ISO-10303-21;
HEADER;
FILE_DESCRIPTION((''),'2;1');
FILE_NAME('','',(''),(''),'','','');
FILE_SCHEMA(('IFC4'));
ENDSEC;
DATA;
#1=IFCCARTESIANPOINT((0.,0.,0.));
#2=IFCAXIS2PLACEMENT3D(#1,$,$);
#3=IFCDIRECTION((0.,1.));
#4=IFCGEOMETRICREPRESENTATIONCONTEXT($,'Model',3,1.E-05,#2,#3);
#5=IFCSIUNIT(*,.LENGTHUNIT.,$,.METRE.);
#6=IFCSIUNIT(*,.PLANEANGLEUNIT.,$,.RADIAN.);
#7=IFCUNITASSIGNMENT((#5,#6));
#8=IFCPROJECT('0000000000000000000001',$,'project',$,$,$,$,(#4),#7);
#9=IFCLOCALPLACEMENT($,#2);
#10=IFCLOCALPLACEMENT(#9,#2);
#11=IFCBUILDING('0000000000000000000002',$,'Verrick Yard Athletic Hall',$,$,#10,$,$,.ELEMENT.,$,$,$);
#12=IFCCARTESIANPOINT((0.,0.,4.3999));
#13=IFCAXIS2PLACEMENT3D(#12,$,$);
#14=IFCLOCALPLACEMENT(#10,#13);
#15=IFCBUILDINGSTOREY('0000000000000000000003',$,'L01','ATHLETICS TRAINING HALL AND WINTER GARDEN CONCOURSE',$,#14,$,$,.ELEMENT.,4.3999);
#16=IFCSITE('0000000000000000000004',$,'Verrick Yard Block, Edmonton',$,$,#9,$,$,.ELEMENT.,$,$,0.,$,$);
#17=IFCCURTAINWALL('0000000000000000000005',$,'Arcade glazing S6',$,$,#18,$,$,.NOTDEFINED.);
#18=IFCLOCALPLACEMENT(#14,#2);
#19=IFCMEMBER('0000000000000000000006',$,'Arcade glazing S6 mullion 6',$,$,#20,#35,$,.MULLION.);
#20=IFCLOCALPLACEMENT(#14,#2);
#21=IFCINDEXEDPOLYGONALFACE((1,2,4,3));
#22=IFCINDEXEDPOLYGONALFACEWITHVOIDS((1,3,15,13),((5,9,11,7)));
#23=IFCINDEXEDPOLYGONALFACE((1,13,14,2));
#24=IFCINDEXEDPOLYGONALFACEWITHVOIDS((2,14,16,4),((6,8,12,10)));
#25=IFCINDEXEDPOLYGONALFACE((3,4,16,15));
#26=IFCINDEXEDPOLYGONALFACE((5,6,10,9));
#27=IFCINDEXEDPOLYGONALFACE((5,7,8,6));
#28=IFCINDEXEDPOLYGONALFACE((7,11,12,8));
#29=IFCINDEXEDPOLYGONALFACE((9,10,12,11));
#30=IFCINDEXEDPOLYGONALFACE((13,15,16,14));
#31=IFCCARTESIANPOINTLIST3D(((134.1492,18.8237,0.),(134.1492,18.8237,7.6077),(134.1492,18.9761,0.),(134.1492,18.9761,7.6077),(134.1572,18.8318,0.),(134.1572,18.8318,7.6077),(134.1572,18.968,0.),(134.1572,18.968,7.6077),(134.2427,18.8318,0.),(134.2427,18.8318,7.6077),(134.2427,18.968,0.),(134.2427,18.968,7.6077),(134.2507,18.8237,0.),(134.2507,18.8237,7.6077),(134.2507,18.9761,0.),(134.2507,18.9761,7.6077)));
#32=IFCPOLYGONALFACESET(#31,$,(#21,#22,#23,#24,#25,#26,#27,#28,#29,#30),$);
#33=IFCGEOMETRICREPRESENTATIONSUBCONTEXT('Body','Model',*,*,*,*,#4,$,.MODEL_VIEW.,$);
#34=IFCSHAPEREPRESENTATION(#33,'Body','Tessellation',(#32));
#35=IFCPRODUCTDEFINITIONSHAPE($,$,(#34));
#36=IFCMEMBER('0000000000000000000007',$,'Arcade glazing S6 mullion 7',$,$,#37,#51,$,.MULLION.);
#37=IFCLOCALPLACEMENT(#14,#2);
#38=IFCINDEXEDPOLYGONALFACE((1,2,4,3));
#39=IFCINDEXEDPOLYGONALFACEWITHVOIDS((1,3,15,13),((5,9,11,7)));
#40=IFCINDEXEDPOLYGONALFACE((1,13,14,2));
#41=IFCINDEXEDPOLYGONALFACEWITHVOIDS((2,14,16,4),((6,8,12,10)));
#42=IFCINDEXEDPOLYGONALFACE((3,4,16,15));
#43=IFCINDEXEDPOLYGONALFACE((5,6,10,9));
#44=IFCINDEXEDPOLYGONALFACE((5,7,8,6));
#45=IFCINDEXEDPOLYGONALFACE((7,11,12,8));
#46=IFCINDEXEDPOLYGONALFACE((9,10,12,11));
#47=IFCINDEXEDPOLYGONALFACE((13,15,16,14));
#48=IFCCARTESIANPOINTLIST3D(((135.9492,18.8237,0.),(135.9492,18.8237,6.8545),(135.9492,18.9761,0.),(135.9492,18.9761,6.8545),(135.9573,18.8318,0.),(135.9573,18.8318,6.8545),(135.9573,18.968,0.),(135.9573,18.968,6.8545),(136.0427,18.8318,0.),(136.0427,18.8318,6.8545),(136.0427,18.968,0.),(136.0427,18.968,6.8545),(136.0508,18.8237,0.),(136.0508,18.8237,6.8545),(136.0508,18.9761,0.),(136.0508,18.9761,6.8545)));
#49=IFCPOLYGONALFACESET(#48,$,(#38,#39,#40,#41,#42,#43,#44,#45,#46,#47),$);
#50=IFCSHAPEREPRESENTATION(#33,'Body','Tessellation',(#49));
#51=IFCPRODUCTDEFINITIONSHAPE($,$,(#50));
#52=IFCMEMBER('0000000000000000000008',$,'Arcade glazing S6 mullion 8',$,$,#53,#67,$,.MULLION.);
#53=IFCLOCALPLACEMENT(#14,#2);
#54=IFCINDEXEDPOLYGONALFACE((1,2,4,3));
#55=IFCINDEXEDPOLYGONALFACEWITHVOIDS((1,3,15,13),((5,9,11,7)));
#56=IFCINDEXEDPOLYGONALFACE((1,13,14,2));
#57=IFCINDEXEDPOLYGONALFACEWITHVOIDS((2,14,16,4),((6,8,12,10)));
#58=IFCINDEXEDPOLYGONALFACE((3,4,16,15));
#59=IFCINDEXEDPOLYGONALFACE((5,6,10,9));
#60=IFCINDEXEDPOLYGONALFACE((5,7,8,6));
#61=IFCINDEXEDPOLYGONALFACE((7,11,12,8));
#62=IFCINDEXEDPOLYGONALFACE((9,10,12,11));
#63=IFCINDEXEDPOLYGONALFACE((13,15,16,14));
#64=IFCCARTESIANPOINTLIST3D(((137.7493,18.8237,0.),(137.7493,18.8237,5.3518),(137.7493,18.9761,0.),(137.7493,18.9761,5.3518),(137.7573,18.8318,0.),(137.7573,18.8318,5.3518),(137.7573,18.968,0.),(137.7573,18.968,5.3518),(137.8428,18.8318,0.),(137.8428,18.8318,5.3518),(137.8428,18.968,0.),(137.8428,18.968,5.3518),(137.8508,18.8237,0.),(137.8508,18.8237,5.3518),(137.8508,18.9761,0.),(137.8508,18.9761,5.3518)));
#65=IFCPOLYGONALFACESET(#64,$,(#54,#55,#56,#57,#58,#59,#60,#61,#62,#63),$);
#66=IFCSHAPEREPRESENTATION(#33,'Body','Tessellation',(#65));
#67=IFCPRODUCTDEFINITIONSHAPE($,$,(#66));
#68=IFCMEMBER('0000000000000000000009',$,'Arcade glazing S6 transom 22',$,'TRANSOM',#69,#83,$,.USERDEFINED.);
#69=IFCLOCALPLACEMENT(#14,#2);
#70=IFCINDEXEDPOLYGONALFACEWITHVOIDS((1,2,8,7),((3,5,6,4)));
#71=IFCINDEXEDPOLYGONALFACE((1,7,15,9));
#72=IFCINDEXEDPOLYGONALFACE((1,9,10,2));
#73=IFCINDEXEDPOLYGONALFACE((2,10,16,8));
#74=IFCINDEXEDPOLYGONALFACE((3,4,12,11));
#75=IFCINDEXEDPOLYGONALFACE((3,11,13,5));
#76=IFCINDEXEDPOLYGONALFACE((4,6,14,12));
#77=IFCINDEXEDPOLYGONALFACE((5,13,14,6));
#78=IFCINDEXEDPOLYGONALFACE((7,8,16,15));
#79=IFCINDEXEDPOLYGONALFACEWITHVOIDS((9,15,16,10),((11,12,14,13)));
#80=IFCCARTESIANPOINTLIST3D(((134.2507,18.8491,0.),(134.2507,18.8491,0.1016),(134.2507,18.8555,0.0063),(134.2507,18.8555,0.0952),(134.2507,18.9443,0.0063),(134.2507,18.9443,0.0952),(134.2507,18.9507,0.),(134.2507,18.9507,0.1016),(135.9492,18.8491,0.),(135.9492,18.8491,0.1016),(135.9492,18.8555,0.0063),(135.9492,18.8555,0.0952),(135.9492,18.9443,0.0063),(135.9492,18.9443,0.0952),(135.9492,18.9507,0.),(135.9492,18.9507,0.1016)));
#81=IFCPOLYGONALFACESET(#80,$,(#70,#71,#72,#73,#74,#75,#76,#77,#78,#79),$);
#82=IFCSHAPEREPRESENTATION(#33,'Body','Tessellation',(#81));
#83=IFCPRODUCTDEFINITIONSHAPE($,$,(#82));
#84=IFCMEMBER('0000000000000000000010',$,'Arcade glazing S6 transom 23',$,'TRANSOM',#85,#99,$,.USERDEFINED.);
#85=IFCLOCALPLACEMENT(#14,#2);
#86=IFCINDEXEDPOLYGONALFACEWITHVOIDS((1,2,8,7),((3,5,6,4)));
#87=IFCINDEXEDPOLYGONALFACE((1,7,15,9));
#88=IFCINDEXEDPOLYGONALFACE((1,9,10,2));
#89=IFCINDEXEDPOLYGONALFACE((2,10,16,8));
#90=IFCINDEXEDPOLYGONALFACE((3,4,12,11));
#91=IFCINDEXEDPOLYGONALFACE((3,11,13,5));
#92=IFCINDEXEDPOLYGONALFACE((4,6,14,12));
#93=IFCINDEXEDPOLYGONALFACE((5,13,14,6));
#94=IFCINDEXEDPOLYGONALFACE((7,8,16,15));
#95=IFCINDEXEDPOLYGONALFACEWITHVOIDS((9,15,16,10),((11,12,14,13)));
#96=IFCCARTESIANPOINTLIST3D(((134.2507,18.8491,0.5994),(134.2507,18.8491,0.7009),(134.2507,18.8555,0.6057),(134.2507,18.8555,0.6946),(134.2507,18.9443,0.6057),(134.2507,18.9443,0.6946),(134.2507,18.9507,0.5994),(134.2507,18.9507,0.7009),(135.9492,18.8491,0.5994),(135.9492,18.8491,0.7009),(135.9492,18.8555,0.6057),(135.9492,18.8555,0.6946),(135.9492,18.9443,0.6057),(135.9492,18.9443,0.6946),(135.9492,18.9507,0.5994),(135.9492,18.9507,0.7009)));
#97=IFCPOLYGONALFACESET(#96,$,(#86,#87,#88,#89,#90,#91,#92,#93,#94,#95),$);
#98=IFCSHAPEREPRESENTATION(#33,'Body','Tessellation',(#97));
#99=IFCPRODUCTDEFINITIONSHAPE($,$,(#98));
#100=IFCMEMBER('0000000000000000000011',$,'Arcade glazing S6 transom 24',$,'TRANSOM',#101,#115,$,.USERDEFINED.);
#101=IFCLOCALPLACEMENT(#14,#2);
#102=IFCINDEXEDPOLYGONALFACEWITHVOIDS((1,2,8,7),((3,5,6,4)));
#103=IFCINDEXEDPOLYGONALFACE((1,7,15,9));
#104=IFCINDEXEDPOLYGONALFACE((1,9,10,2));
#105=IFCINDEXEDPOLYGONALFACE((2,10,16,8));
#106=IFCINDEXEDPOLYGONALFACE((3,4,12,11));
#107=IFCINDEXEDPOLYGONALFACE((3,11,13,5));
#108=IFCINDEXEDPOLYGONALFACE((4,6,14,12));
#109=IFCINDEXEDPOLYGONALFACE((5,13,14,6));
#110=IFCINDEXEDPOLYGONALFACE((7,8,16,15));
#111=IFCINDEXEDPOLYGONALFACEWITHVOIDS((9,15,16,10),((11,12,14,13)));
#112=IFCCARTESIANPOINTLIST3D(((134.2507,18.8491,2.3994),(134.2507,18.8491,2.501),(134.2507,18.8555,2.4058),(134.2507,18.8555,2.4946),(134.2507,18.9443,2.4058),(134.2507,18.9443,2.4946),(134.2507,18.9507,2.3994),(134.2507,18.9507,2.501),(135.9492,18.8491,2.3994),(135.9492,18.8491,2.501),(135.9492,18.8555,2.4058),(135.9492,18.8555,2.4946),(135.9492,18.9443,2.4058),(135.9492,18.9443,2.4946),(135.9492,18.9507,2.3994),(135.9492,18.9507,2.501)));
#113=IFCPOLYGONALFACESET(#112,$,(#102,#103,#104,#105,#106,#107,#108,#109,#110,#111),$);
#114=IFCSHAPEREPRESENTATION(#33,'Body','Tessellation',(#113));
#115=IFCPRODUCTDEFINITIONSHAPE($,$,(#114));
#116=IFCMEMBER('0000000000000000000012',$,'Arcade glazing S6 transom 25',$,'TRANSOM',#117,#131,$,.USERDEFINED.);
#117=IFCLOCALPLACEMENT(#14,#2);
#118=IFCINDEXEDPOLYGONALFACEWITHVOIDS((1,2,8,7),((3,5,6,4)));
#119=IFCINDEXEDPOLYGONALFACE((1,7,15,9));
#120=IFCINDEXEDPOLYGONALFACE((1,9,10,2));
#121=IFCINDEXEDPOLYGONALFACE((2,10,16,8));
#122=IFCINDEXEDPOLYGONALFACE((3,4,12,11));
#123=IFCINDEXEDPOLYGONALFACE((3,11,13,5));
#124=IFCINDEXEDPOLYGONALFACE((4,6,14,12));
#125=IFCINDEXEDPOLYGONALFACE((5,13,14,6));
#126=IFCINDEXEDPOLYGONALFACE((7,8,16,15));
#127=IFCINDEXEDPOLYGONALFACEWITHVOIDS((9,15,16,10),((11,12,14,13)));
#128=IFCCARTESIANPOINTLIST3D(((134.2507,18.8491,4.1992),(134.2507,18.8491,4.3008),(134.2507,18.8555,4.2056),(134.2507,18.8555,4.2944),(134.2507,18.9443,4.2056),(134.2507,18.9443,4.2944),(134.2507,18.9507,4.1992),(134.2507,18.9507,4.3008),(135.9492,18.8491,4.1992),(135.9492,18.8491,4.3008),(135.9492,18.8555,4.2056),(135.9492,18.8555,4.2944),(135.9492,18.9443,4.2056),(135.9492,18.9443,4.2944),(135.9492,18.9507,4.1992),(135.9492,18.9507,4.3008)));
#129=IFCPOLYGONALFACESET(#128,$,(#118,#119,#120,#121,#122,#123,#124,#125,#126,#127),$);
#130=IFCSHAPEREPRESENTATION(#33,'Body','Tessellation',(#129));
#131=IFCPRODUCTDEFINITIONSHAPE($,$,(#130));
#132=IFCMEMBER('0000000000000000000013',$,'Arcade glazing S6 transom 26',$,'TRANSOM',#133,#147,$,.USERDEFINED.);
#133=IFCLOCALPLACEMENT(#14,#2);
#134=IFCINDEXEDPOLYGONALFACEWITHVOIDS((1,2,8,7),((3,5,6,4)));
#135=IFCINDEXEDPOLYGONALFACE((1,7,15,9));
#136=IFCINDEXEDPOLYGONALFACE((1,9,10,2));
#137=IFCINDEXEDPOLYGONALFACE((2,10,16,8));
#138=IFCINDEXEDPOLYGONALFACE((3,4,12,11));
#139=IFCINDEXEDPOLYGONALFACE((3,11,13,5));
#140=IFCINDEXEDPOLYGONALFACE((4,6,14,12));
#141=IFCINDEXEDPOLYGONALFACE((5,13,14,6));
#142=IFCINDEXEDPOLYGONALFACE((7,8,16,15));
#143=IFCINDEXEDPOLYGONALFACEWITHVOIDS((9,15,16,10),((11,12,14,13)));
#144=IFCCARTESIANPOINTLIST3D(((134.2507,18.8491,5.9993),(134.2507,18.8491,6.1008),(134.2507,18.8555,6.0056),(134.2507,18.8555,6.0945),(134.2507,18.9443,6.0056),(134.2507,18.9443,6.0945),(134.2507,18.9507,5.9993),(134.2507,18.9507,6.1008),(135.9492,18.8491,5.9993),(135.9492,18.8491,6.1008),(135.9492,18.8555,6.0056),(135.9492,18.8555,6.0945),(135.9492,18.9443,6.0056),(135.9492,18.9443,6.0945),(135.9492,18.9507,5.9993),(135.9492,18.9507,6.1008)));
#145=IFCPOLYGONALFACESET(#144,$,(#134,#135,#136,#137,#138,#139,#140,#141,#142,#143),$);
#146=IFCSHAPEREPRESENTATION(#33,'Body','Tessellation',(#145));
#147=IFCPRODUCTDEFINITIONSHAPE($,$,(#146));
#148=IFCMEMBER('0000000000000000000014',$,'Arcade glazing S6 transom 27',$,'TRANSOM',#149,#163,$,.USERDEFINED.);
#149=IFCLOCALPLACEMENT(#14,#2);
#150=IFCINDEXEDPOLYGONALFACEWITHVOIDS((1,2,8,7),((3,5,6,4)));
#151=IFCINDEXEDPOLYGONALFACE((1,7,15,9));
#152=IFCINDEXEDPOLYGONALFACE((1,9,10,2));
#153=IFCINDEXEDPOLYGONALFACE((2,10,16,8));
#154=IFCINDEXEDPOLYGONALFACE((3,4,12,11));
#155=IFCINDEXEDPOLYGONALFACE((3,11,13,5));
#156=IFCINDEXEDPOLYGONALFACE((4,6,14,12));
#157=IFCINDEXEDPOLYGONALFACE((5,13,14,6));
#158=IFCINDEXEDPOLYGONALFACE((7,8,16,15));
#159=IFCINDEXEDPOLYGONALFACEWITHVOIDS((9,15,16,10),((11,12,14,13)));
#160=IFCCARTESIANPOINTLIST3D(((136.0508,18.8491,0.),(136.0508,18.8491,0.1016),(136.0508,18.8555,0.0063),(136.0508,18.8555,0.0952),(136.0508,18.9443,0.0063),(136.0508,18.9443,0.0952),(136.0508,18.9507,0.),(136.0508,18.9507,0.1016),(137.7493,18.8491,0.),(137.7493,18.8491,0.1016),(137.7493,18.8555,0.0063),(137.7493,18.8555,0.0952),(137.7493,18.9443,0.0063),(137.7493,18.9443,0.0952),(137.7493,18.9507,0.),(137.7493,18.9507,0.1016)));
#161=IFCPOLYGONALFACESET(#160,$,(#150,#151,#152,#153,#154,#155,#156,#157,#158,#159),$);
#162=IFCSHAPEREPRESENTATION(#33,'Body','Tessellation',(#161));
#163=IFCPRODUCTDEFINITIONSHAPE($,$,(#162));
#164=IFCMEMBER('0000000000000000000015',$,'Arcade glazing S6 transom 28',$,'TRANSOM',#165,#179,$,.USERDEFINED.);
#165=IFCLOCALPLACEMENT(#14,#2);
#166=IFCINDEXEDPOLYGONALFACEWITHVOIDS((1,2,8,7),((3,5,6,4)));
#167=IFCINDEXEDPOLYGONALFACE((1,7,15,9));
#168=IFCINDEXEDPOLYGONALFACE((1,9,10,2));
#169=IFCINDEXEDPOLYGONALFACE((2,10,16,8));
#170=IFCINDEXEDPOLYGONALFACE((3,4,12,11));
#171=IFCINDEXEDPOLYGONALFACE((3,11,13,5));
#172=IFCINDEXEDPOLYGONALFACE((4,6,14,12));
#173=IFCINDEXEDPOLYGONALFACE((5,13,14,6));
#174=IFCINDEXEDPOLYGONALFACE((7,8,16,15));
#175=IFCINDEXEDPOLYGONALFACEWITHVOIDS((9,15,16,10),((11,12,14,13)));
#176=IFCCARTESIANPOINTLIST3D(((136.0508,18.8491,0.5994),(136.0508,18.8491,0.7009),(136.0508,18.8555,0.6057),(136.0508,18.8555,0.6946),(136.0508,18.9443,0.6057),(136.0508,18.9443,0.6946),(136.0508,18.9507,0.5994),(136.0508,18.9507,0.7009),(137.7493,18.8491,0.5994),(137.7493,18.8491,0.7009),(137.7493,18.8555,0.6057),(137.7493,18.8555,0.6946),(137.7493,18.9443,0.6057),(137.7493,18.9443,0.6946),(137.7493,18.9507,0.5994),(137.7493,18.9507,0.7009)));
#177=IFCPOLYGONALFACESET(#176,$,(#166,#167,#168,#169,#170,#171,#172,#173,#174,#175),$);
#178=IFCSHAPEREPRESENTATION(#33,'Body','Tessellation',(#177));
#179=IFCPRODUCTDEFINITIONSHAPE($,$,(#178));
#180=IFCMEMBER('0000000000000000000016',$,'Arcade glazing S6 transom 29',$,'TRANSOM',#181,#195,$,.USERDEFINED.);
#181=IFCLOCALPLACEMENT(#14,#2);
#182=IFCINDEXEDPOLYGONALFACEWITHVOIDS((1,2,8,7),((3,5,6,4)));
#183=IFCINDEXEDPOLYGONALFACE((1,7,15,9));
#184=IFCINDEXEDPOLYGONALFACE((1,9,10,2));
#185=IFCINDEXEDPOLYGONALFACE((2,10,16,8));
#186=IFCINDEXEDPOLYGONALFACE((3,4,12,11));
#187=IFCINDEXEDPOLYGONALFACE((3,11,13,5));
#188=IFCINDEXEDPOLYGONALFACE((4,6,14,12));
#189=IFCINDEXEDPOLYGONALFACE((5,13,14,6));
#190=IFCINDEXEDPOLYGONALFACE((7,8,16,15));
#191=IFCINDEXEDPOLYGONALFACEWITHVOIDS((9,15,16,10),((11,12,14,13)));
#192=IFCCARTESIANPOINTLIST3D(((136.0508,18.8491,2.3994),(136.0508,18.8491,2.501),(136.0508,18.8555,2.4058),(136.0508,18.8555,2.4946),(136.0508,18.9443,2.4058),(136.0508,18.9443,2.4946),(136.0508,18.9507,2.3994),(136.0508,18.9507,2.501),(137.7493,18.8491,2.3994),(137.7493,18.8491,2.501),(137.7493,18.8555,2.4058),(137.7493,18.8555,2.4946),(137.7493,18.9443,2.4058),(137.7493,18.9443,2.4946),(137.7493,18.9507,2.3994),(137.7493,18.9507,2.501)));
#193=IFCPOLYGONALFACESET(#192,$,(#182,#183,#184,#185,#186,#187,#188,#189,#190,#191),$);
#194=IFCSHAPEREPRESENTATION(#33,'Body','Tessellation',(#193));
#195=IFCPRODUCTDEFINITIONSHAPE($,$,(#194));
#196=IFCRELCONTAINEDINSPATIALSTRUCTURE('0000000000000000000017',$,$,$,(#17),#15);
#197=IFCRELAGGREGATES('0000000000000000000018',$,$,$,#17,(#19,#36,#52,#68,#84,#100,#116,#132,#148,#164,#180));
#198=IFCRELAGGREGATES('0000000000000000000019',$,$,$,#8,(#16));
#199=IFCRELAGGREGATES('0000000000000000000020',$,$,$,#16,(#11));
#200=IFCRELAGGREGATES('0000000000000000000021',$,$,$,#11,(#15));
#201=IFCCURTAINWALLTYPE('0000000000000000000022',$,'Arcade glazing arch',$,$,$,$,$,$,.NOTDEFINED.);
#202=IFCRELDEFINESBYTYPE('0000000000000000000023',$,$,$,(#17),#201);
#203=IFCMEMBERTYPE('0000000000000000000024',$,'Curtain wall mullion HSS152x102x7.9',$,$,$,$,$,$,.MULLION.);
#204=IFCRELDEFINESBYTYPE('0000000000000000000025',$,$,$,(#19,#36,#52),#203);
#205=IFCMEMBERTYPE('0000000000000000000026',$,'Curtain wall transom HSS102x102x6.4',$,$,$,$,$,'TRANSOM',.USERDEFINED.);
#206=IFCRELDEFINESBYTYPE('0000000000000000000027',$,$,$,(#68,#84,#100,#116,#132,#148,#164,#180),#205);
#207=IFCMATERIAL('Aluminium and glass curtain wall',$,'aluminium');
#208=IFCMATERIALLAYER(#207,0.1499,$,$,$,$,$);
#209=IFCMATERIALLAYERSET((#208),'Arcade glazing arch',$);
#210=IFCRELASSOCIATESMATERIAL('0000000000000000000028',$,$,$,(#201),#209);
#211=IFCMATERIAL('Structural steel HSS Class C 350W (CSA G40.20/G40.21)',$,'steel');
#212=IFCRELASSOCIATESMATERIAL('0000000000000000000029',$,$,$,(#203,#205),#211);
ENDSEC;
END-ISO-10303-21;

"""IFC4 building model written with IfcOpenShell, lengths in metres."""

from ifc_helpers import new_model, si_unit, direction, frame, origin, origin_2d, place, context, subcontext, project, spatial, hollow_rectangle, extrude, material, layer, layer_set, material_profile, profile_set, type_object, element, aggregate, save


model = new_model("IFC4")

# Units and contexts
model_context = context("Model", 3, precision=1e-05, world=origin(), true_north=direction((0.0, 1.0)))
body_context = subcontext(model_context, "Body", "Model", "MODEL_VIEW")
ifc_project = project(units=[si_unit("LENGTHUNIT", "METRE"), si_unit("PLANEANGLEUNIT", "RADIAN")], contexts=[model_context])

# Site, building, storey
site_placement = place(None, origin())
site = spatial("IfcSite", under=ifc_project, at=site_placement, Name="Verrick Yard Block, Edmonton", CompositionType="ELEMENT", RefElevation=0.0)
building_placement = place(site_placement, origin())
building = spatial("IfcBuilding", under=site, at=building_placement, Name="Verrick Yard Athletic Hall", CompositionType="ELEMENT")
storey_placement = place(building_placement, frame((0.0, 0.0, 4.3999)))
storey = spatial("IfcBuildingStorey", under=building, at=storey_placement, Name="L01", Description="ATHLETICS TRAINING HALL AND WINTER GARDEN CONCOURSE", CompositionType="ELEMENT", Elevation=4.3999)

# Curtain wall, members
ifc_material_1 = material(Name="Aluminium and glass curtain wall", Category="aluminium")
ifc_layer_1 = layer(ifc_material_1, 0.1499)
ifc_layer_set_1 = layer_set([ifc_layer_1], Name="Arcade glazing arch")
curtain_wall_type = type_object("IfcCurtainWallType", Name="Arcade glazing arch", PredefinedType="NOTDEFINED", material=ifc_layer_set_1)
curtain_wall_placement = place(storey_placement, origin())
curtain_wall = element("IfcCurtainWall", 1, at=curtain_wall_placement, inside=storey, type_object=curtain_wall_type, Name="Arcade glazing S6", PredefinedType="NOTDEFINED")
ifc_material_2 = material(Name="Structural steel HSS Class C 350W (CSA G40.20/G40.21)", Category="steel")
ifc_material_profile_1 = material_profile(ifc_material_2, hollow_rectangle(XDim=0.1016, YDim=0.1523, WallThickness=0.0081, at=origin_2d()), Name="HSS152x102x7.9")
ifc_profile_set_1 = profile_set([ifc_material_profile_1], Name="Structural steel HSS Class C 350W (CSA G40.20/G40.21)")
member_type_1 = type_object("IfcMemberType", Name="Curtain wall mullion HSS152x102x7.9", PredefinedType="MULLION", material=ifc_profile_set_1)
member_1_placement = place(storey_placement, frame((134.2, 18.8999, 0.0), z_axis=(0.0, 0.0, 1.0), x_axis=(1.0, 0.0, 0.0)))
member_1 = element("IfcMember", 2, at=member_1_placement, type_object=member_type_1, Name="Arcade glazing S6 mullion 6", PredefinedType="MULLION", context=body_context, shape_type="SweptSolid", body=[
    extrude(hollow_rectangle(XDim=0.1016, YDim=0.1523, WallThickness=0.0081, at=origin_2d()), origin(), (0.0, 0.0, 1.0), 7.6077),
])
member_2_placement = place(storey_placement, frame((136.0, 18.8999, 0.0), z_axis=(0.0, 0.0, 1.0), x_axis=(1.0, 0.0, 0.0)))
member_2 = element("IfcMember", 3, at=member_2_placement, type_object=member_type_1, Name="Arcade glazing S6 mullion 7", PredefinedType="MULLION", context=body_context, shape_type="SweptSolid", body=[
    extrude(hollow_rectangle(XDim=0.1016, YDim=0.1523, WallThickness=0.0081, at=origin_2d()), origin(), (0.0, 0.0, 1.0), 6.8545),
])
member_3_placement = place(storey_placement, frame((137.8, 18.8999, 0.0), z_axis=(0.0, 0.0, 1.0), x_axis=(1.0, 0.0, 0.0)))
member_3 = element("IfcMember", 4, at=member_3_placement, type_object=member_type_1, Name="Arcade glazing S6 mullion 8", PredefinedType="MULLION", context=body_context, shape_type="SweptSolid", body=[
    extrude(hollow_rectangle(XDim=0.1016, YDim=0.1523, WallThickness=0.0081, at=origin_2d()), origin(), (0.0, 0.0, 1.0), 5.3518),
])
ifc_material_profile_2 = material_profile(ifc_material_2, hollow_rectangle(XDim=0.1016, YDim=0.1016, WallThickness=0.0063, at=origin_2d()), Name="HSS102x102x6.4")
ifc_profile_set_2 = profile_set([ifc_material_profile_2], Name="Structural steel HSS Class C 350W (CSA G40.20/G40.21)")
member_type_2 = type_object("IfcMemberType", Name="Curtain wall transom HSS102x102x6.4", ElementType="TRANSOM", PredefinedType="USERDEFINED", material=ifc_profile_set_2)
member_4_placement = place(storey_placement, frame((134.2507, 18.8999, 0.0508), z_axis=(1.0, 0.0, 0.0), x_axis=(0.0, 1.0, 0.0)))
member_4 = element("IfcMember", 5, at=member_4_placement, type_object=member_type_2, Name="Arcade glazing S6 transom 22", ObjectType="TRANSOM", PredefinedType="USERDEFINED", context=body_context, shape_type="SweptSolid", body=[
    extrude(hollow_rectangle(XDim=0.1016, YDim=0.1016, WallThickness=0.0063, at=origin_2d()), origin(), (0.0, 0.0, 1.0), 1.6985),
])
member_5_placement = place(storey_placement, frame((134.2507, 18.8999, 0.6501), z_axis=(1.0, 0.0, 0.0), x_axis=(0.0, 1.0, 0.0)))
member_5 = element("IfcMember", 6, at=member_5_placement, type_object=member_type_2, Name="Arcade glazing S6 transom 23", ObjectType="TRANSOM", PredefinedType="USERDEFINED", context=body_context, shape_type="SweptSolid", body=[
    extrude(hollow_rectangle(XDim=0.1016, YDim=0.1016, WallThickness=0.0063, at=origin_2d()), origin(), (0.0, 0.0, 1.0), 1.6985),
])
member_6_placement = place(storey_placement, frame((134.2507, 18.8999, 2.4502), z_axis=(1.0, 0.0, 0.0), x_axis=(0.0, 1.0, 0.0)))
member_6 = element("IfcMember", 7, at=member_6_placement, type_object=member_type_2, Name="Arcade glazing S6 transom 24", ObjectType="TRANSOM", PredefinedType="USERDEFINED", context=body_context, shape_type="SweptSolid", body=[
    extrude(hollow_rectangle(XDim=0.1016, YDim=0.1016, WallThickness=0.0063, at=origin_2d()), origin(), (0.0, 0.0, 1.0), 1.6985),
])
member_7_placement = place(storey_placement, frame((134.2507, 18.8999, 4.25), z_axis=(1.0, 0.0, 0.0), x_axis=(0.0, 1.0, 0.0)))
member_7 = element("IfcMember", 8, at=member_7_placement, type_object=member_type_2, Name="Arcade glazing S6 transom 25", ObjectType="TRANSOM", PredefinedType="USERDEFINED", context=body_context, shape_type="SweptSolid", body=[
    extrude(hollow_rectangle(XDim=0.1016, YDim=0.1016, WallThickness=0.0063, at=origin_2d()), origin(), (0.0, 0.0, 1.0), 1.6985),
])
member_8_placement = place(storey_placement, frame((134.2507, 18.8999, 6.05), z_axis=(1.0, 0.0, 0.0), x_axis=(0.0, 1.0, 0.0)))
member_8 = element("IfcMember", 9, at=member_8_placement, type_object=member_type_2, Name="Arcade glazing S6 transom 26", ObjectType="TRANSOM", PredefinedType="USERDEFINED", context=body_context, shape_type="SweptSolid", body=[
    extrude(hollow_rectangle(XDim=0.1016, YDim=0.1016, WallThickness=0.0063, at=origin_2d()), origin(), (0.0, 0.0, 1.0), 1.6985),
])
member_9_placement = place(storey_placement, frame((136.0508, 18.8999, 0.0508), z_axis=(1.0, 0.0, 0.0), x_axis=(0.0, 1.0, 0.0)))
member_9 = element("IfcMember", 10, at=member_9_placement, type_object=member_type_2, Name="Arcade glazing S6 transom 27", ObjectType="TRANSOM", PredefinedType="USERDEFINED", context=body_context, shape_type="SweptSolid", body=[
    extrude(hollow_rectangle(XDim=0.1016, YDim=0.1016, WallThickness=0.0063, at=origin_2d()), origin(), (0.0, 0.0, 1.0), 1.6985),
])
member_10_placement = place(storey_placement, frame((136.0508, 18.8999, 0.6501), z_axis=(1.0, 0.0, 0.0), x_axis=(0.0, 1.0, 0.0)))
member_10 = element("IfcMember", 11, at=member_10_placement, type_object=member_type_2, Name="Arcade glazing S6 transom 28", ObjectType="TRANSOM", PredefinedType="USERDEFINED", context=body_context, shape_type="SweptSolid", body=[
    extrude(hollow_rectangle(XDim=0.1016, YDim=0.1016, WallThickness=0.0063, at=origin_2d()), origin(), (0.0, 0.0, 1.0), 1.6985),
])
member_11_placement = place(storey_placement, frame((136.0508, 18.8999, 2.4502), z_axis=(1.0, 0.0, 0.0), x_axis=(0.0, 1.0, 0.0)))
member_11 = element("IfcMember", 12, at=member_11_placement, type_object=member_type_2, Name="Arcade glazing S6 transom 29", ObjectType="TRANSOM", PredefinedType="USERDEFINED", context=body_context, shape_type="SweptSolid", body=[
    extrude(hollow_rectangle(XDim=0.1016, YDim=0.1016, WallThickness=0.0063, at=origin_2d()), origin(), (0.0, 0.0, 1.0), 1.6985),
])
aggregate(curtain_wall, [member_1, member_2, member_3, member_4, member_5, member_6, member_7, member_8, member_9, member_10, member_11])

save(model, "model.ifc")
